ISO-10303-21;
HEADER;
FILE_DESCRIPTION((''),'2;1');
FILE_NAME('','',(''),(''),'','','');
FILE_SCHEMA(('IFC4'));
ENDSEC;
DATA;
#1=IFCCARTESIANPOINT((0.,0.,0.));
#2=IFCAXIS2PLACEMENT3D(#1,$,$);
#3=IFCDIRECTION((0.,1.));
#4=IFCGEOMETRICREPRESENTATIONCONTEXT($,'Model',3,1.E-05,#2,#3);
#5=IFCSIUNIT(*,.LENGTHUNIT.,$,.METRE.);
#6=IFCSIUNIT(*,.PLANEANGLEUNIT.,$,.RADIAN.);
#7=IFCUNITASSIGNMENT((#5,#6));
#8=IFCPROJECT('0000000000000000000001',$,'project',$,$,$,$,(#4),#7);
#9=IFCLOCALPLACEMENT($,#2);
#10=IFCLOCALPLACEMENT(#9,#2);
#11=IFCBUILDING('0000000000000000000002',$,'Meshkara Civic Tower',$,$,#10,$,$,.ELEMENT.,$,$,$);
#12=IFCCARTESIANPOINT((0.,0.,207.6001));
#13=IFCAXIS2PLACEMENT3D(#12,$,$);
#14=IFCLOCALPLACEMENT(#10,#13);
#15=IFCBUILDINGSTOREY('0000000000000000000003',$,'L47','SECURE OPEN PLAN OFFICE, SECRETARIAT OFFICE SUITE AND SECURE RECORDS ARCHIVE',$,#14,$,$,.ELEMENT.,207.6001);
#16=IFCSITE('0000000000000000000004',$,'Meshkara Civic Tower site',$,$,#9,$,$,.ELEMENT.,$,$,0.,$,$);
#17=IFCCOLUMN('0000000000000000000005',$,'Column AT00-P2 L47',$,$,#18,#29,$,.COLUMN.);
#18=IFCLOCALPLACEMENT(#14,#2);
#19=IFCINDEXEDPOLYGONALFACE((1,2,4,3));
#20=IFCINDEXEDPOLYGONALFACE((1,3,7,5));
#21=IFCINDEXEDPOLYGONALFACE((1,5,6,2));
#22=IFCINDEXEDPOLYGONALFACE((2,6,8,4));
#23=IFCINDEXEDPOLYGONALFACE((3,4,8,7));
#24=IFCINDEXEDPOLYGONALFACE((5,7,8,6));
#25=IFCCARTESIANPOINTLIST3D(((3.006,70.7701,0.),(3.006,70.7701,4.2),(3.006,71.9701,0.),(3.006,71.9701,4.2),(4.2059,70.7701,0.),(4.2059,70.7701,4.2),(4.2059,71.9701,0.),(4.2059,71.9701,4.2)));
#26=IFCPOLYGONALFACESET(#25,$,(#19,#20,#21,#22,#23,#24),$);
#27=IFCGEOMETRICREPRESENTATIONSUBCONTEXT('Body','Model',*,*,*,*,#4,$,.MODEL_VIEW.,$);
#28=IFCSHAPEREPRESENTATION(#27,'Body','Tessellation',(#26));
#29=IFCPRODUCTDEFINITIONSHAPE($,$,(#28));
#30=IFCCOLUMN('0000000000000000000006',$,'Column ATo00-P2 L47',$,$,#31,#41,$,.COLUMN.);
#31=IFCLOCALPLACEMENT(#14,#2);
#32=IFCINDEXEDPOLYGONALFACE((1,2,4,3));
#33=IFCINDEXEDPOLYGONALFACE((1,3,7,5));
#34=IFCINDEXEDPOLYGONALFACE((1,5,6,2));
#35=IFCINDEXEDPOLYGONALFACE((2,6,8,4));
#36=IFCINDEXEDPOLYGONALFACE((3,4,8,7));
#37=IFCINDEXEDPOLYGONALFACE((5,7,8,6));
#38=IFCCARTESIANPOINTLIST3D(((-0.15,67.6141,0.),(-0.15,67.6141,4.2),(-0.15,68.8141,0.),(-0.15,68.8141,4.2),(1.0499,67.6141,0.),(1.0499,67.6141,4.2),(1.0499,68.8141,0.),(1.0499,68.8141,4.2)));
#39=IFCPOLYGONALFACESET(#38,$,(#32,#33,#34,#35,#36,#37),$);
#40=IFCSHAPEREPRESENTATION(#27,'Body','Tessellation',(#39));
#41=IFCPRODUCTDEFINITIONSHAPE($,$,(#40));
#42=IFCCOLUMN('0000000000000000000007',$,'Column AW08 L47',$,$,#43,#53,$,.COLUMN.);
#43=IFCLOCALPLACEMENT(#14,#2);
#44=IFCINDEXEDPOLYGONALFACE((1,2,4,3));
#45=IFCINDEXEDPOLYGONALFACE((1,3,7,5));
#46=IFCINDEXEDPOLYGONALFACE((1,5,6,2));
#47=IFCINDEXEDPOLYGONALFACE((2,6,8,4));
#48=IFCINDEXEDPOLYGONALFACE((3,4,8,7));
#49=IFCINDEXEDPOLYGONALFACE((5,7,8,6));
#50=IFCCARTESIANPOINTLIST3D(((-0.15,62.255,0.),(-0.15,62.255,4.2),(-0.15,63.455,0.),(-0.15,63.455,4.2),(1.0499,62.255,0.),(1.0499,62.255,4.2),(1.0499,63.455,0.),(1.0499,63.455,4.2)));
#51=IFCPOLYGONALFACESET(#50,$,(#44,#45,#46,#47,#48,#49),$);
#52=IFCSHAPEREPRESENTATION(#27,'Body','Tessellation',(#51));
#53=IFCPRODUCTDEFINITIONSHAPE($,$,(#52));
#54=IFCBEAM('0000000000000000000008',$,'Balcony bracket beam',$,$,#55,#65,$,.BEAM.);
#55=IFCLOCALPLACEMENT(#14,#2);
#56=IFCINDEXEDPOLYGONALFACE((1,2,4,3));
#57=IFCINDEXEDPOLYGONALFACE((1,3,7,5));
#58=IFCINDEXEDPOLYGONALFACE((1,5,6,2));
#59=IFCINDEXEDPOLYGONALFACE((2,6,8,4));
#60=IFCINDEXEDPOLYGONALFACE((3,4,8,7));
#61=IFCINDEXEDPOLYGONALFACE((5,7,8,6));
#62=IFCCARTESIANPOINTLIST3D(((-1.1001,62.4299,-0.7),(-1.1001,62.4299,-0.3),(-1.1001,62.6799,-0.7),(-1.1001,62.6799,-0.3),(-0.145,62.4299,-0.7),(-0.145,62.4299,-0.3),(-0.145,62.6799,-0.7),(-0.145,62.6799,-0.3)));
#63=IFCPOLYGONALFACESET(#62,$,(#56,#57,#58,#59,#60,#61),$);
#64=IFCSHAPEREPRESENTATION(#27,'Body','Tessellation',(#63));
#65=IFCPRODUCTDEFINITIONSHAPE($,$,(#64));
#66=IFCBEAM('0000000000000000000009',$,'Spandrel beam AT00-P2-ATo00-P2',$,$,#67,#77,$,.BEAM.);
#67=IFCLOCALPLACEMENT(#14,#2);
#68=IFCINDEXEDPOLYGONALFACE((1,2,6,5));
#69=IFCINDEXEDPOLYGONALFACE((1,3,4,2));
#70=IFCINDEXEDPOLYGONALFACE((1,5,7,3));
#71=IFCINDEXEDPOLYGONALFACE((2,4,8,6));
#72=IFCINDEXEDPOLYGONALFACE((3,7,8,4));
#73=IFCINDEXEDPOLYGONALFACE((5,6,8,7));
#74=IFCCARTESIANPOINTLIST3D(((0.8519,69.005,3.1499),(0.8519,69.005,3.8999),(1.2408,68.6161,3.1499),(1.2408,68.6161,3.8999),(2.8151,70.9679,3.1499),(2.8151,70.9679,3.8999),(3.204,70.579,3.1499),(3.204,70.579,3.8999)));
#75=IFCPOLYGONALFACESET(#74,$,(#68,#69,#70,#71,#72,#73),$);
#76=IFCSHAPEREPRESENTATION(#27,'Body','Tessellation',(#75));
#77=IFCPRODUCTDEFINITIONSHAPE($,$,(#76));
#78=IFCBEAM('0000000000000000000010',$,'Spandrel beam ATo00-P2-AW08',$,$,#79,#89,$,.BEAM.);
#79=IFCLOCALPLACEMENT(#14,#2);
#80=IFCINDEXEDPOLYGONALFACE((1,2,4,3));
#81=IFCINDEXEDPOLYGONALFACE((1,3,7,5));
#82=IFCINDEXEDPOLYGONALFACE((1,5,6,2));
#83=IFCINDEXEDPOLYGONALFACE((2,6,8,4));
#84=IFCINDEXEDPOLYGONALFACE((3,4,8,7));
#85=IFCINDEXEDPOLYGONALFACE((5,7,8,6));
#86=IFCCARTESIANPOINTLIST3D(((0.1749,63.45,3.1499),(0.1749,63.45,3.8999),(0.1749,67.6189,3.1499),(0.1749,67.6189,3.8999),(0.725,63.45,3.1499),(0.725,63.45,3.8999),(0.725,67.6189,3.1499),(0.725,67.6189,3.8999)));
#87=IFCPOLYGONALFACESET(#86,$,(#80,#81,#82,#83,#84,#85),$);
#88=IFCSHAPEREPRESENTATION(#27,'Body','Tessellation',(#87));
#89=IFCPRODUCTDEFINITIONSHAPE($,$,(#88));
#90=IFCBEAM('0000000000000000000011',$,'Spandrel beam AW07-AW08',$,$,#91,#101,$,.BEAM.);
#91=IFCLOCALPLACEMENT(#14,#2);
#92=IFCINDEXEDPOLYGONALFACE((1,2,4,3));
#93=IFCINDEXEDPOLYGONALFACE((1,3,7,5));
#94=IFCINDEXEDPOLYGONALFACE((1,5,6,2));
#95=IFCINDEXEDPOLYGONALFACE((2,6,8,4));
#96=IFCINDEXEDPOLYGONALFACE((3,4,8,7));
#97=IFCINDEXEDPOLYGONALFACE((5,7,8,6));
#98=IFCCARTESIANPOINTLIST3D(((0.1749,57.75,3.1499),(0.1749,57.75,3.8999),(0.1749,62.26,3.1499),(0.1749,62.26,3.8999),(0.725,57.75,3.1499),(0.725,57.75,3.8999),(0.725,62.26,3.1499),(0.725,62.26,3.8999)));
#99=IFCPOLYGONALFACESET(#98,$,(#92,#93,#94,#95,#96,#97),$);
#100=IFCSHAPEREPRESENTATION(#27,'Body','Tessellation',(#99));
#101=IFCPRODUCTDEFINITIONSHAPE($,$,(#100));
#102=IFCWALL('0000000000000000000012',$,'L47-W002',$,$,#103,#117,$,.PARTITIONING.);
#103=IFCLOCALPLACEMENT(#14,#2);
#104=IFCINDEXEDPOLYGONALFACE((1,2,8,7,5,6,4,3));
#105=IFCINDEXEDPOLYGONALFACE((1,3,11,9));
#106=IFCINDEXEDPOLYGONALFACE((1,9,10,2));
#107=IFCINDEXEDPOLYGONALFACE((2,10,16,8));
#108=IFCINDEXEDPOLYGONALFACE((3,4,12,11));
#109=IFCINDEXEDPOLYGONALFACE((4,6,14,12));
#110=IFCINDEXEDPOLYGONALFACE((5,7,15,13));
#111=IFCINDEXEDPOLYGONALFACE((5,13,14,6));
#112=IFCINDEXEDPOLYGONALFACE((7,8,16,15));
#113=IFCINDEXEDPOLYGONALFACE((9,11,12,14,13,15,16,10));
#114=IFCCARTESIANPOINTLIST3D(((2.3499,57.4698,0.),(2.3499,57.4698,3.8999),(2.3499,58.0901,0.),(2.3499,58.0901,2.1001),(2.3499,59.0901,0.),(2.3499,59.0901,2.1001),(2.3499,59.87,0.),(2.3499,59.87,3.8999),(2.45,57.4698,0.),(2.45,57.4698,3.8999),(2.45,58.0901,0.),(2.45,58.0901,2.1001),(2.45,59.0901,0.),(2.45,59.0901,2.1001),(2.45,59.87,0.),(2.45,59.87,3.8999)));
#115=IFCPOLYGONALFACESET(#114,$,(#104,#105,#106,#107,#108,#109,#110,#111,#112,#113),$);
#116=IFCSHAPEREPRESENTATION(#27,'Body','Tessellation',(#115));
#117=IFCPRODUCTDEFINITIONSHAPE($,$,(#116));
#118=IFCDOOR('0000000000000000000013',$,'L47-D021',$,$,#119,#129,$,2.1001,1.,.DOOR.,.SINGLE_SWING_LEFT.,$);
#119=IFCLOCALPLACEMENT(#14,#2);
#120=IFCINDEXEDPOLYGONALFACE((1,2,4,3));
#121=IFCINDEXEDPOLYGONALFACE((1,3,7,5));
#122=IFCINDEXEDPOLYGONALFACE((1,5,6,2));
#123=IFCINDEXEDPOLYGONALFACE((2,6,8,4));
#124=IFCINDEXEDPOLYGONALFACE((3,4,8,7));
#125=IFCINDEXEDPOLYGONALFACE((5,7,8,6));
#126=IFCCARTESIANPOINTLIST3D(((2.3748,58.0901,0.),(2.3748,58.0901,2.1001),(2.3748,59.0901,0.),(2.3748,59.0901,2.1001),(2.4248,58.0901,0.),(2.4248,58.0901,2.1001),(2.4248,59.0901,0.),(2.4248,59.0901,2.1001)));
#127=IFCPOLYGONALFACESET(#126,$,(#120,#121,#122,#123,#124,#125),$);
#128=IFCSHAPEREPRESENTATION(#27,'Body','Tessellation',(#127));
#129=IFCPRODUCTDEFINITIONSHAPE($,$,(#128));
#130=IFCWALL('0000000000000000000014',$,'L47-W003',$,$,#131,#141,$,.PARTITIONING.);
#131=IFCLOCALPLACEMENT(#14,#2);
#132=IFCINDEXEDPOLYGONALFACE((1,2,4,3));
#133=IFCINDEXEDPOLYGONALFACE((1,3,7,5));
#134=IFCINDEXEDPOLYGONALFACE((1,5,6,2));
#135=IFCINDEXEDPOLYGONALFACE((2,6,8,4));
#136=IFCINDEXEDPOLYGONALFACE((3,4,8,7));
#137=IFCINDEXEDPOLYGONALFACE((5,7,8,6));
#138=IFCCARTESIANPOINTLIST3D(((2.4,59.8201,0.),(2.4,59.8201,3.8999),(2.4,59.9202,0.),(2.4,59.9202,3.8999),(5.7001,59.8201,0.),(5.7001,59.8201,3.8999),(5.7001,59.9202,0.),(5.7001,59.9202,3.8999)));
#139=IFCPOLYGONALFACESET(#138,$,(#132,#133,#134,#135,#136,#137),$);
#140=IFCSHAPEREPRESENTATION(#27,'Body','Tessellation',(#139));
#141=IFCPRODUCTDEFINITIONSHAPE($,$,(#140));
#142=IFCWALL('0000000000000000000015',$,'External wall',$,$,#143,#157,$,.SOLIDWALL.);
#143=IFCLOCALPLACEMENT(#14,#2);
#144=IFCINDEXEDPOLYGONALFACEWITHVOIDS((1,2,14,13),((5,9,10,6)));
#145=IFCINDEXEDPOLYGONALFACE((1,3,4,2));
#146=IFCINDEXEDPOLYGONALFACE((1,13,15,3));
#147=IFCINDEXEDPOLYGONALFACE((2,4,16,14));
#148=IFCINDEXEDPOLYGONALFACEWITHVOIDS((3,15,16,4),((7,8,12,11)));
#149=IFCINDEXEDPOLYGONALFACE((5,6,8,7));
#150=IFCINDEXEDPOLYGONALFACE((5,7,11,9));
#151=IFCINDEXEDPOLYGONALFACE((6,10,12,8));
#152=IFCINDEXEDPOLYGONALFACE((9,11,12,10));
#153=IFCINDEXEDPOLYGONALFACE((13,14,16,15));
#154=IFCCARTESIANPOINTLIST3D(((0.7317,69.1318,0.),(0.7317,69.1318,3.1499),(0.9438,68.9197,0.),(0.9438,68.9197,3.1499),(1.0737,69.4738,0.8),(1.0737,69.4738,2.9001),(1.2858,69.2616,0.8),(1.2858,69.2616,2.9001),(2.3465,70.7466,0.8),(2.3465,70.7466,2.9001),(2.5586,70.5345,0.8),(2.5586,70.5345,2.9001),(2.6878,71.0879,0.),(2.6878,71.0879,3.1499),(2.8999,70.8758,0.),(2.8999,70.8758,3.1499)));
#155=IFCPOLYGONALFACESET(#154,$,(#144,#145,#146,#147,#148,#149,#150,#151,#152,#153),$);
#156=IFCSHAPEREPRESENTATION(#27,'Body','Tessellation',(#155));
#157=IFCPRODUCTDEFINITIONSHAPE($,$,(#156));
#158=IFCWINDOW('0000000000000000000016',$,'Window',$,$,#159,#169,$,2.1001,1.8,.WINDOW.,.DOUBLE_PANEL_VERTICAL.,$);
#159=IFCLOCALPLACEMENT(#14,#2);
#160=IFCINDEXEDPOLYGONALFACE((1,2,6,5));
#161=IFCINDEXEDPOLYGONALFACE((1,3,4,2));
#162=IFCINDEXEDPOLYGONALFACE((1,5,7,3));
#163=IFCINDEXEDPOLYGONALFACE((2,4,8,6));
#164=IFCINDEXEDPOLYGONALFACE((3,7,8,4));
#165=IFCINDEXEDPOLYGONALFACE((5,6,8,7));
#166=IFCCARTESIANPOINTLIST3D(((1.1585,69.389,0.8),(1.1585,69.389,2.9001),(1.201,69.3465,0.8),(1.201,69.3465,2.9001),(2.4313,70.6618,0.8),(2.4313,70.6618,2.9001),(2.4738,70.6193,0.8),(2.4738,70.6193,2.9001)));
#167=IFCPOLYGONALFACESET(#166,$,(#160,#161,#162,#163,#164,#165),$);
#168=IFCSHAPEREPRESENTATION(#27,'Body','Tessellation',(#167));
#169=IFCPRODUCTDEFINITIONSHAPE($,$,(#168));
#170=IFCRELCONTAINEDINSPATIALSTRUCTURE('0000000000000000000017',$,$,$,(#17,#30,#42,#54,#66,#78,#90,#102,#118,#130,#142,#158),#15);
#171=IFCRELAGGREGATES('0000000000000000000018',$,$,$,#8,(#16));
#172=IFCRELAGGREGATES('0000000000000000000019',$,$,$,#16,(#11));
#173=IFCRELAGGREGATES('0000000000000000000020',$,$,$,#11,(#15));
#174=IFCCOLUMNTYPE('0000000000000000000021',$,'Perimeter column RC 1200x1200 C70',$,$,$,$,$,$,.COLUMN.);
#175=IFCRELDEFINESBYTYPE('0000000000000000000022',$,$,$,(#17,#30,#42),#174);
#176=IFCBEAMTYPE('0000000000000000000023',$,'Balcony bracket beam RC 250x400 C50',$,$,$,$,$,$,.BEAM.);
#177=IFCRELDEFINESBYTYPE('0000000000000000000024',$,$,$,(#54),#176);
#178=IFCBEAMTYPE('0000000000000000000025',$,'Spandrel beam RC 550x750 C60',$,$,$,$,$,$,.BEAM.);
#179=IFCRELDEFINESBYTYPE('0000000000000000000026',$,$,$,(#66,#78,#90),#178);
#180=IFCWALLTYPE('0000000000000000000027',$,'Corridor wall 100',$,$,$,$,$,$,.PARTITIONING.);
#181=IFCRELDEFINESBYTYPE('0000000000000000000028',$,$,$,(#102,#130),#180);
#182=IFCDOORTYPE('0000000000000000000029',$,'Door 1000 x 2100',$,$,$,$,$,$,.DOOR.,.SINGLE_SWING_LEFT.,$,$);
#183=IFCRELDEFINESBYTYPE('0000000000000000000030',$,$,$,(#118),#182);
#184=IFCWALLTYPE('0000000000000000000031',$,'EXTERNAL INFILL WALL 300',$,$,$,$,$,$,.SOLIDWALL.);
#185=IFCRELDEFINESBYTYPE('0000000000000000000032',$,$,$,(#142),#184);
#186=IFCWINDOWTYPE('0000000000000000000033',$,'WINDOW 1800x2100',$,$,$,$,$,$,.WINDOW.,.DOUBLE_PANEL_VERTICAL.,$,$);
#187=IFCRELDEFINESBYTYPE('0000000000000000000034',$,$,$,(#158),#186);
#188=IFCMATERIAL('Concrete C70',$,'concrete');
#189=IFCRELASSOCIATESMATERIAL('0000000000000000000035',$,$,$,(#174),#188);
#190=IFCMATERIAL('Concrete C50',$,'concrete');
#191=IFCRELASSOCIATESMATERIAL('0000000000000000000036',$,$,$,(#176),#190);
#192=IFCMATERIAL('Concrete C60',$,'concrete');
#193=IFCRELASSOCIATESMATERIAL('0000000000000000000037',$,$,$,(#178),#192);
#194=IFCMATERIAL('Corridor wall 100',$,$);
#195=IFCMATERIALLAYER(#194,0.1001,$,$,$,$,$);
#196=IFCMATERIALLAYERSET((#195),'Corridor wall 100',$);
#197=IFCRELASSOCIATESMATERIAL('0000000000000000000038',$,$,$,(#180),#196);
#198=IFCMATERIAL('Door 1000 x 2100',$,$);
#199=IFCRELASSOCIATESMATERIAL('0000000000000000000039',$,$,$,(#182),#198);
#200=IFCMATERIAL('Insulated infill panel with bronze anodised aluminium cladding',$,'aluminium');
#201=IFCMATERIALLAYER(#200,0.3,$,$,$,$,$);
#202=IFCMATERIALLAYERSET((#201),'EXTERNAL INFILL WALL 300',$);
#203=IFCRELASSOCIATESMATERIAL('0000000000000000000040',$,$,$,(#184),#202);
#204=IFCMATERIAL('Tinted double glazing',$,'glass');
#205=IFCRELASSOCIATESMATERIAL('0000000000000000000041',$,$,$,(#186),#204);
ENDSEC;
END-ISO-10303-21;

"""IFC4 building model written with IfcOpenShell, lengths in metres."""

from ifc_helpers import new_model, si_unit, direction, frame, frame_2d, origin, origin_2d, place, context, subcontext, project, spatial, rectangle, extrude, material, layer, layer_set, material_profile, profile_set, type_object, element, fill, save


model = new_model("IFC4")

# Units and contexts
model_context = context("Model", 3, precision=1e-05, world=origin(), true_north=direction((0.0, 1.0)))
body_context = subcontext(model_context, "Body", "Model", "MODEL_VIEW")
ifc_project = project(units=[si_unit("LENGTHUNIT", "METRE"), si_unit("PLANEANGLEUNIT", "RADIAN")], contexts=[model_context])

# Site, building, storey
site_placement = place(None, origin())
site = spatial("IfcSite", under=ifc_project, at=site_placement, Name="Meshkara Civic Tower site", CompositionType="ELEMENT", RefElevation=0.0)
building_placement = place(site_placement, origin())
building = spatial("IfcBuilding", under=site, at=building_placement, Name="Meshkara Civic Tower", CompositionType="ELEMENT")
storey_placement = place(building_placement, frame((0.0, 0.0, 207.6001)))
storey = spatial("IfcBuildingStorey", under=building, at=storey_placement, Name="L47", Description="SECURE OPEN PLAN OFFICE, SECRETARIAT OFFICE SUITE AND SECURE RECORDS ARCHIVE", CompositionType="ELEMENT", Elevation=207.6001)

# Columns
ifc_material_1 = material(Name="Concrete C70", Category="concrete")
ifc_material_profile_1 = material_profile(ifc_material_1, rectangle(XDim=1.2, YDim=1.2, at=origin_2d()))
ifc_profile_set_1 = profile_set([ifc_material_profile_1], Name="Concrete C70")
column_type = type_object("IfcColumnType", Name="Perimeter column RC 1200x1200 C70", PredefinedType="COLUMN", material=ifc_profile_set_1)
for number, where, z_axis, x_axis, name in (
    (1, (3.606, 71.3701, 0.0), (0.0, 0.0, 1.0), (1.0, 0.0, 0.0), "Column AT00-P2 L47"),
    (2, (0.45, 68.2141, 0.0), (0.0, 0.0, 1.0), (1.0, 0.0, 0.0), "Column ATo00-P2 L47"),
    (3, (0.45, 62.855, 0.0), (0.0, 0.0, 1.0), (1.0, 0.0, 0.0), "Column AW08 L47"),
):
    element("IfcColumn", number, at=place(storey_placement, frame(where, z_axis=z_axis, x_axis=x_axis)), inside=storey, type_object=column_type, Name=name, PredefinedType="COLUMN", context=body_context, shape_type="SweptSolid", body=[
        extrude(rectangle(XDim=1.2, YDim=1.2, at=origin_2d()), origin(), (0.0, 0.0, 1.0), 4.2),
    ])

# Beams
ifc_material_2 = material(Name="Concrete C50", Category="concrete")
ifc_material_profile_2 = material_profile(ifc_material_2, rectangle(XDim=0.25, YDim=0.3999, at=origin_2d()))
ifc_profile_set_2 = profile_set([ifc_material_profile_2], Name="Concrete C50")
beam_type_1 = type_object("IfcBeamType", Name="Balcony bracket beam RC 250x400 C50", PredefinedType="BEAM", material=ifc_profile_set_2)
beam_1_placement = place(storey_placement, frame((-0.145, 62.5549, -0.5), z_axis=(-1.0, 0.0, 0.0), x_axis=(0.0, -1.0, 0.0)))
element("IfcBeam", 4, at=beam_1_placement, inside=storey, type_object=beam_type_1, Name="Balcony bracket beam", PredefinedType="BEAM", context=body_context, shape_type="SweptSolid", body=[
    extrude(rectangle(XDim=0.25, YDim=0.3999, at=origin_2d()), origin(), (0.0, 0.0, 1.0), 0.9551),
])
ifc_material_3 = material(Name="Concrete C60", Category="concrete")
ifc_material_profile_3 = material_profile(ifc_material_3, rectangle(XDim=0.55, YDim=0.75, at=origin_2d()))
ifc_profile_set_3 = profile_set([ifc_material_profile_3], Name="Concrete C60")
beam_type_2 = type_object("IfcBeamType", Name="Spandrel beam RC 550x750 C60", PredefinedType="BEAM", material=ifc_profile_set_3)
beam_2_placement = place(storey_placement, frame((3.0095, 70.7734, 3.5249), z_axis=(-0.707151, -0.707063, 0.0), x_axis=(0.707063, -0.707151, 0.0)))
element("IfcBeam", 5, at=beam_2_placement, inside=storey, type_object=beam_type_2, Name="Spandrel beam AT00-P2-ATo00-P2", PredefinedType="BEAM", context=body_context, shape_type="SweptSolid", body=[
    extrude(rectangle(XDim=0.55, YDim=0.75, at=origin_2d()), origin(), (0.0, 0.0, 1.0), 2.7761),
])
beam_3_placement = place(storey_placement, frame((0.45, 67.6189, 3.5249), z_axis=(0.0, -1.0, 0.0), x_axis=(1.0, 0.0, 0.0)))
element("IfcBeam", 6, at=beam_3_placement, inside=storey, type_object=beam_type_2, Name="Spandrel beam ATo00-P2-AW08", PredefinedType="BEAM", context=body_context, shape_type="SweptSolid", body=[
    extrude(rectangle(XDim=0.55, YDim=0.75, at=origin_2d()), origin(), (0.0, 0.0, 1.0), 4.1689),
])
beam_4_placement = place(storey_placement, frame((0.45, 62.26, 3.5249), z_axis=(0.0, -1.0, 0.0), x_axis=(1.0, 0.0, 0.0)))
element("IfcBeam", 7, at=beam_4_placement, inside=storey, type_object=beam_type_2, Name="Spandrel beam AW07-AW08", PredefinedType="BEAM", context=body_context, shape_type="SweptSolid", body=[
    extrude(rectangle(XDim=0.55, YDim=0.75, at=origin_2d()), origin(), (0.0, 0.0, 1.0), 4.51),
])

# Wall, opening, door
ifc_material_4 = material(Name="Corridor wall 100")
ifc_layer_1 = layer(ifc_material_4, 0.1001)
ifc_layer_set_1 = layer_set([ifc_layer_1], Name="Corridor wall 100")
wall_type_1 = type_object("IfcWallType", Name="Corridor wall 100", PredefinedType="PARTITIONING", material=ifc_layer_set_1)
wall_1_placement = place(storey_placement, frame((2.3999, 59.8701, 0.0), z_axis=(0.0, 0.0, 1.0), x_axis=(0.0, -1.0, 0.0)))
wall_1 = element("IfcWall", 8, at=wall_1_placement, inside=storey, type_object=wall_type_1, Name="L47-W002", PredefinedType="PARTITIONING", context=body_context, shape_type="SweptSolid", body=[
    extrude(rectangle(XDim=2.4001, YDim=0.1001, at=frame_2d((1.2002, 0.0))), origin(), (0.0, 0.0, 1.0), 3.8999),
])
opening_1_placement = place(wall_1_placement, frame((0.78, 0.0, 0.0)))
opening_1 = element("IfcOpeningElement", 9, at=opening_1_placement, cuts=wall_1, PredefinedType="OPENING", context=body_context, shape_type="SweptSolid", body=[
    extrude(rectangle(XDim=1.0, YDim=2.1001, at=frame_2d((0.5, 1.05))), frame((0.0, 0.0601, 0.0), z_axis=(0.0, -1.0, 0.0), x_axis=(1.0, 0.0, 0.0)), (0.0, 0.0, 1.0), 0.1201),
])
ifc_material_5 = material(Name="Door 1000 x 2100")
door_type_1 = type_object("IfcDoorType", Name="Door 1000 x 2100", OperationType="SINGLE_SWING_LEFT", PredefinedType="DOOR", material=ifc_material_5)
door_1_placement = place(opening_1_placement, origin())
door_1 = element("IfcDoor", 10, at=door_1_placement, inside=storey, type_object=door_type_1, Name="L47-D021", OperationType="SINGLE_SWING_LEFT", OverallHeight=2.1001, OverallWidth=1.0, PredefinedType="DOOR", context=body_context, shape_type="SweptSolid", body=[
    extrude(rectangle(XDim=1.0, YDim=2.1001, at=frame_2d((0.5, 1.05))), frame((0.0, 0.0249, 0.0), z_axis=(0.0, -1.0, 0.0), x_axis=(1.0, 0.0, 0.0)), (0.0, 0.0, 1.0), 0.05),
])
fill(opening_1, door_1)

# Wall
wall_2_placement = place(storey_placement, frame((5.7, 59.8701, 0.0), z_axis=(0.0, 0.0, 1.0), x_axis=(-1.0, 0.0, 0.0)))
element("IfcWall", 11, at=wall_2_placement, inside=storey, type_object=wall_type_1, Name="L47-W003", PredefinedType="PARTITIONING", context=body_context, shape_type="SweptSolid", body=[
    extrude(rectangle(XDim=3.3, YDim=0.1001, at=frame_2d((1.6499, 0.0))), origin(), (0.0, 0.0, 1.0), 3.8999),
])

# Wall, opening, window
ifc_material_6 = material(Name="Insulated infill panel with bronze anodised aluminium cladding", Category="aluminium")
ifc_layer_2 = layer(ifc_material_6, 0.3)
ifc_layer_set_2 = layer_set([ifc_layer_2], Name="EXTERNAL INFILL WALL 300")
wall_type_2 = type_object("IfcWallType", Name="EXTERNAL INFILL WALL 300", PredefinedType="SOLIDWALL", material=ifc_layer_set_2)
wall_3_placement = place(storey_placement, frame((2.7939, 70.9819, 0.0), z_axis=(0.0, 0.0, 1.0), x_axis=(-0.707107, -0.707107, 0.0)))
wall_3 = element("IfcWall", 12, at=wall_3_placement, inside=storey, type_object=wall_type_2, Name="External wall", PredefinedType="SOLIDWALL", context=body_context, shape_type="SweptSolid", body=[
    extrude(rectangle(XDim=2.7664, YDim=0.3, at=frame_2d((1.3833, 0.0))), origin(), (0.0, 0.0, 1.0), 3.1499),
])
opening_2_placement = place(wall_3_placement, frame((0.4829, 0.0, 0.8)))
opening_2 = element("IfcOpeningElement", 13, at=opening_2_placement, cuts=wall_3, PredefinedType="OPENING", context=body_context, shape_type="SweptSolid", body=[
    extrude(rectangle(XDim=1.8, YDim=2.1001, at=frame_2d((0.8999, 1.05))), frame((0.0, 0.1599, 0.0), z_axis=(0.0, -1.0, 0.0), x_axis=(1.0, 0.0, 0.0)), (0.0, 0.0, 1.0), 0.3201),
])
ifc_material_7 = material(Name="Tinted double glazing", Category="glass")
window_type_1 = type_object("IfcWindowType", Name="WINDOW 1800x2100", PartitioningType="DOUBLE_PANEL_VERTICAL", PredefinedType="WINDOW", material=ifc_material_7)
window_1_placement = place(opening_2_placement, origin())
window_1 = element("IfcWindow", 14, at=window_1_placement, inside=storey, type_object=window_type_1, Name="Window", OverallHeight=2.1001, OverallWidth=1.8, PartitioningType="DOUBLE_PANEL_VERTICAL", PredefinedType="WINDOW", context=body_context, shape_type="SweptSolid", body=[
    extrude(rectangle(XDim=1.8, YDim=2.1001, at=frame_2d((0.8999, 1.05))), frame((0.0, 0.03, 0.0), z_axis=(0.0, -1.0, 0.0), x_axis=(1.0, 0.0, 0.0)), (0.0, 0.0, 1.0), 0.0601),
])
fill(opening_2, window_1)

save(model, "model.ifc")
